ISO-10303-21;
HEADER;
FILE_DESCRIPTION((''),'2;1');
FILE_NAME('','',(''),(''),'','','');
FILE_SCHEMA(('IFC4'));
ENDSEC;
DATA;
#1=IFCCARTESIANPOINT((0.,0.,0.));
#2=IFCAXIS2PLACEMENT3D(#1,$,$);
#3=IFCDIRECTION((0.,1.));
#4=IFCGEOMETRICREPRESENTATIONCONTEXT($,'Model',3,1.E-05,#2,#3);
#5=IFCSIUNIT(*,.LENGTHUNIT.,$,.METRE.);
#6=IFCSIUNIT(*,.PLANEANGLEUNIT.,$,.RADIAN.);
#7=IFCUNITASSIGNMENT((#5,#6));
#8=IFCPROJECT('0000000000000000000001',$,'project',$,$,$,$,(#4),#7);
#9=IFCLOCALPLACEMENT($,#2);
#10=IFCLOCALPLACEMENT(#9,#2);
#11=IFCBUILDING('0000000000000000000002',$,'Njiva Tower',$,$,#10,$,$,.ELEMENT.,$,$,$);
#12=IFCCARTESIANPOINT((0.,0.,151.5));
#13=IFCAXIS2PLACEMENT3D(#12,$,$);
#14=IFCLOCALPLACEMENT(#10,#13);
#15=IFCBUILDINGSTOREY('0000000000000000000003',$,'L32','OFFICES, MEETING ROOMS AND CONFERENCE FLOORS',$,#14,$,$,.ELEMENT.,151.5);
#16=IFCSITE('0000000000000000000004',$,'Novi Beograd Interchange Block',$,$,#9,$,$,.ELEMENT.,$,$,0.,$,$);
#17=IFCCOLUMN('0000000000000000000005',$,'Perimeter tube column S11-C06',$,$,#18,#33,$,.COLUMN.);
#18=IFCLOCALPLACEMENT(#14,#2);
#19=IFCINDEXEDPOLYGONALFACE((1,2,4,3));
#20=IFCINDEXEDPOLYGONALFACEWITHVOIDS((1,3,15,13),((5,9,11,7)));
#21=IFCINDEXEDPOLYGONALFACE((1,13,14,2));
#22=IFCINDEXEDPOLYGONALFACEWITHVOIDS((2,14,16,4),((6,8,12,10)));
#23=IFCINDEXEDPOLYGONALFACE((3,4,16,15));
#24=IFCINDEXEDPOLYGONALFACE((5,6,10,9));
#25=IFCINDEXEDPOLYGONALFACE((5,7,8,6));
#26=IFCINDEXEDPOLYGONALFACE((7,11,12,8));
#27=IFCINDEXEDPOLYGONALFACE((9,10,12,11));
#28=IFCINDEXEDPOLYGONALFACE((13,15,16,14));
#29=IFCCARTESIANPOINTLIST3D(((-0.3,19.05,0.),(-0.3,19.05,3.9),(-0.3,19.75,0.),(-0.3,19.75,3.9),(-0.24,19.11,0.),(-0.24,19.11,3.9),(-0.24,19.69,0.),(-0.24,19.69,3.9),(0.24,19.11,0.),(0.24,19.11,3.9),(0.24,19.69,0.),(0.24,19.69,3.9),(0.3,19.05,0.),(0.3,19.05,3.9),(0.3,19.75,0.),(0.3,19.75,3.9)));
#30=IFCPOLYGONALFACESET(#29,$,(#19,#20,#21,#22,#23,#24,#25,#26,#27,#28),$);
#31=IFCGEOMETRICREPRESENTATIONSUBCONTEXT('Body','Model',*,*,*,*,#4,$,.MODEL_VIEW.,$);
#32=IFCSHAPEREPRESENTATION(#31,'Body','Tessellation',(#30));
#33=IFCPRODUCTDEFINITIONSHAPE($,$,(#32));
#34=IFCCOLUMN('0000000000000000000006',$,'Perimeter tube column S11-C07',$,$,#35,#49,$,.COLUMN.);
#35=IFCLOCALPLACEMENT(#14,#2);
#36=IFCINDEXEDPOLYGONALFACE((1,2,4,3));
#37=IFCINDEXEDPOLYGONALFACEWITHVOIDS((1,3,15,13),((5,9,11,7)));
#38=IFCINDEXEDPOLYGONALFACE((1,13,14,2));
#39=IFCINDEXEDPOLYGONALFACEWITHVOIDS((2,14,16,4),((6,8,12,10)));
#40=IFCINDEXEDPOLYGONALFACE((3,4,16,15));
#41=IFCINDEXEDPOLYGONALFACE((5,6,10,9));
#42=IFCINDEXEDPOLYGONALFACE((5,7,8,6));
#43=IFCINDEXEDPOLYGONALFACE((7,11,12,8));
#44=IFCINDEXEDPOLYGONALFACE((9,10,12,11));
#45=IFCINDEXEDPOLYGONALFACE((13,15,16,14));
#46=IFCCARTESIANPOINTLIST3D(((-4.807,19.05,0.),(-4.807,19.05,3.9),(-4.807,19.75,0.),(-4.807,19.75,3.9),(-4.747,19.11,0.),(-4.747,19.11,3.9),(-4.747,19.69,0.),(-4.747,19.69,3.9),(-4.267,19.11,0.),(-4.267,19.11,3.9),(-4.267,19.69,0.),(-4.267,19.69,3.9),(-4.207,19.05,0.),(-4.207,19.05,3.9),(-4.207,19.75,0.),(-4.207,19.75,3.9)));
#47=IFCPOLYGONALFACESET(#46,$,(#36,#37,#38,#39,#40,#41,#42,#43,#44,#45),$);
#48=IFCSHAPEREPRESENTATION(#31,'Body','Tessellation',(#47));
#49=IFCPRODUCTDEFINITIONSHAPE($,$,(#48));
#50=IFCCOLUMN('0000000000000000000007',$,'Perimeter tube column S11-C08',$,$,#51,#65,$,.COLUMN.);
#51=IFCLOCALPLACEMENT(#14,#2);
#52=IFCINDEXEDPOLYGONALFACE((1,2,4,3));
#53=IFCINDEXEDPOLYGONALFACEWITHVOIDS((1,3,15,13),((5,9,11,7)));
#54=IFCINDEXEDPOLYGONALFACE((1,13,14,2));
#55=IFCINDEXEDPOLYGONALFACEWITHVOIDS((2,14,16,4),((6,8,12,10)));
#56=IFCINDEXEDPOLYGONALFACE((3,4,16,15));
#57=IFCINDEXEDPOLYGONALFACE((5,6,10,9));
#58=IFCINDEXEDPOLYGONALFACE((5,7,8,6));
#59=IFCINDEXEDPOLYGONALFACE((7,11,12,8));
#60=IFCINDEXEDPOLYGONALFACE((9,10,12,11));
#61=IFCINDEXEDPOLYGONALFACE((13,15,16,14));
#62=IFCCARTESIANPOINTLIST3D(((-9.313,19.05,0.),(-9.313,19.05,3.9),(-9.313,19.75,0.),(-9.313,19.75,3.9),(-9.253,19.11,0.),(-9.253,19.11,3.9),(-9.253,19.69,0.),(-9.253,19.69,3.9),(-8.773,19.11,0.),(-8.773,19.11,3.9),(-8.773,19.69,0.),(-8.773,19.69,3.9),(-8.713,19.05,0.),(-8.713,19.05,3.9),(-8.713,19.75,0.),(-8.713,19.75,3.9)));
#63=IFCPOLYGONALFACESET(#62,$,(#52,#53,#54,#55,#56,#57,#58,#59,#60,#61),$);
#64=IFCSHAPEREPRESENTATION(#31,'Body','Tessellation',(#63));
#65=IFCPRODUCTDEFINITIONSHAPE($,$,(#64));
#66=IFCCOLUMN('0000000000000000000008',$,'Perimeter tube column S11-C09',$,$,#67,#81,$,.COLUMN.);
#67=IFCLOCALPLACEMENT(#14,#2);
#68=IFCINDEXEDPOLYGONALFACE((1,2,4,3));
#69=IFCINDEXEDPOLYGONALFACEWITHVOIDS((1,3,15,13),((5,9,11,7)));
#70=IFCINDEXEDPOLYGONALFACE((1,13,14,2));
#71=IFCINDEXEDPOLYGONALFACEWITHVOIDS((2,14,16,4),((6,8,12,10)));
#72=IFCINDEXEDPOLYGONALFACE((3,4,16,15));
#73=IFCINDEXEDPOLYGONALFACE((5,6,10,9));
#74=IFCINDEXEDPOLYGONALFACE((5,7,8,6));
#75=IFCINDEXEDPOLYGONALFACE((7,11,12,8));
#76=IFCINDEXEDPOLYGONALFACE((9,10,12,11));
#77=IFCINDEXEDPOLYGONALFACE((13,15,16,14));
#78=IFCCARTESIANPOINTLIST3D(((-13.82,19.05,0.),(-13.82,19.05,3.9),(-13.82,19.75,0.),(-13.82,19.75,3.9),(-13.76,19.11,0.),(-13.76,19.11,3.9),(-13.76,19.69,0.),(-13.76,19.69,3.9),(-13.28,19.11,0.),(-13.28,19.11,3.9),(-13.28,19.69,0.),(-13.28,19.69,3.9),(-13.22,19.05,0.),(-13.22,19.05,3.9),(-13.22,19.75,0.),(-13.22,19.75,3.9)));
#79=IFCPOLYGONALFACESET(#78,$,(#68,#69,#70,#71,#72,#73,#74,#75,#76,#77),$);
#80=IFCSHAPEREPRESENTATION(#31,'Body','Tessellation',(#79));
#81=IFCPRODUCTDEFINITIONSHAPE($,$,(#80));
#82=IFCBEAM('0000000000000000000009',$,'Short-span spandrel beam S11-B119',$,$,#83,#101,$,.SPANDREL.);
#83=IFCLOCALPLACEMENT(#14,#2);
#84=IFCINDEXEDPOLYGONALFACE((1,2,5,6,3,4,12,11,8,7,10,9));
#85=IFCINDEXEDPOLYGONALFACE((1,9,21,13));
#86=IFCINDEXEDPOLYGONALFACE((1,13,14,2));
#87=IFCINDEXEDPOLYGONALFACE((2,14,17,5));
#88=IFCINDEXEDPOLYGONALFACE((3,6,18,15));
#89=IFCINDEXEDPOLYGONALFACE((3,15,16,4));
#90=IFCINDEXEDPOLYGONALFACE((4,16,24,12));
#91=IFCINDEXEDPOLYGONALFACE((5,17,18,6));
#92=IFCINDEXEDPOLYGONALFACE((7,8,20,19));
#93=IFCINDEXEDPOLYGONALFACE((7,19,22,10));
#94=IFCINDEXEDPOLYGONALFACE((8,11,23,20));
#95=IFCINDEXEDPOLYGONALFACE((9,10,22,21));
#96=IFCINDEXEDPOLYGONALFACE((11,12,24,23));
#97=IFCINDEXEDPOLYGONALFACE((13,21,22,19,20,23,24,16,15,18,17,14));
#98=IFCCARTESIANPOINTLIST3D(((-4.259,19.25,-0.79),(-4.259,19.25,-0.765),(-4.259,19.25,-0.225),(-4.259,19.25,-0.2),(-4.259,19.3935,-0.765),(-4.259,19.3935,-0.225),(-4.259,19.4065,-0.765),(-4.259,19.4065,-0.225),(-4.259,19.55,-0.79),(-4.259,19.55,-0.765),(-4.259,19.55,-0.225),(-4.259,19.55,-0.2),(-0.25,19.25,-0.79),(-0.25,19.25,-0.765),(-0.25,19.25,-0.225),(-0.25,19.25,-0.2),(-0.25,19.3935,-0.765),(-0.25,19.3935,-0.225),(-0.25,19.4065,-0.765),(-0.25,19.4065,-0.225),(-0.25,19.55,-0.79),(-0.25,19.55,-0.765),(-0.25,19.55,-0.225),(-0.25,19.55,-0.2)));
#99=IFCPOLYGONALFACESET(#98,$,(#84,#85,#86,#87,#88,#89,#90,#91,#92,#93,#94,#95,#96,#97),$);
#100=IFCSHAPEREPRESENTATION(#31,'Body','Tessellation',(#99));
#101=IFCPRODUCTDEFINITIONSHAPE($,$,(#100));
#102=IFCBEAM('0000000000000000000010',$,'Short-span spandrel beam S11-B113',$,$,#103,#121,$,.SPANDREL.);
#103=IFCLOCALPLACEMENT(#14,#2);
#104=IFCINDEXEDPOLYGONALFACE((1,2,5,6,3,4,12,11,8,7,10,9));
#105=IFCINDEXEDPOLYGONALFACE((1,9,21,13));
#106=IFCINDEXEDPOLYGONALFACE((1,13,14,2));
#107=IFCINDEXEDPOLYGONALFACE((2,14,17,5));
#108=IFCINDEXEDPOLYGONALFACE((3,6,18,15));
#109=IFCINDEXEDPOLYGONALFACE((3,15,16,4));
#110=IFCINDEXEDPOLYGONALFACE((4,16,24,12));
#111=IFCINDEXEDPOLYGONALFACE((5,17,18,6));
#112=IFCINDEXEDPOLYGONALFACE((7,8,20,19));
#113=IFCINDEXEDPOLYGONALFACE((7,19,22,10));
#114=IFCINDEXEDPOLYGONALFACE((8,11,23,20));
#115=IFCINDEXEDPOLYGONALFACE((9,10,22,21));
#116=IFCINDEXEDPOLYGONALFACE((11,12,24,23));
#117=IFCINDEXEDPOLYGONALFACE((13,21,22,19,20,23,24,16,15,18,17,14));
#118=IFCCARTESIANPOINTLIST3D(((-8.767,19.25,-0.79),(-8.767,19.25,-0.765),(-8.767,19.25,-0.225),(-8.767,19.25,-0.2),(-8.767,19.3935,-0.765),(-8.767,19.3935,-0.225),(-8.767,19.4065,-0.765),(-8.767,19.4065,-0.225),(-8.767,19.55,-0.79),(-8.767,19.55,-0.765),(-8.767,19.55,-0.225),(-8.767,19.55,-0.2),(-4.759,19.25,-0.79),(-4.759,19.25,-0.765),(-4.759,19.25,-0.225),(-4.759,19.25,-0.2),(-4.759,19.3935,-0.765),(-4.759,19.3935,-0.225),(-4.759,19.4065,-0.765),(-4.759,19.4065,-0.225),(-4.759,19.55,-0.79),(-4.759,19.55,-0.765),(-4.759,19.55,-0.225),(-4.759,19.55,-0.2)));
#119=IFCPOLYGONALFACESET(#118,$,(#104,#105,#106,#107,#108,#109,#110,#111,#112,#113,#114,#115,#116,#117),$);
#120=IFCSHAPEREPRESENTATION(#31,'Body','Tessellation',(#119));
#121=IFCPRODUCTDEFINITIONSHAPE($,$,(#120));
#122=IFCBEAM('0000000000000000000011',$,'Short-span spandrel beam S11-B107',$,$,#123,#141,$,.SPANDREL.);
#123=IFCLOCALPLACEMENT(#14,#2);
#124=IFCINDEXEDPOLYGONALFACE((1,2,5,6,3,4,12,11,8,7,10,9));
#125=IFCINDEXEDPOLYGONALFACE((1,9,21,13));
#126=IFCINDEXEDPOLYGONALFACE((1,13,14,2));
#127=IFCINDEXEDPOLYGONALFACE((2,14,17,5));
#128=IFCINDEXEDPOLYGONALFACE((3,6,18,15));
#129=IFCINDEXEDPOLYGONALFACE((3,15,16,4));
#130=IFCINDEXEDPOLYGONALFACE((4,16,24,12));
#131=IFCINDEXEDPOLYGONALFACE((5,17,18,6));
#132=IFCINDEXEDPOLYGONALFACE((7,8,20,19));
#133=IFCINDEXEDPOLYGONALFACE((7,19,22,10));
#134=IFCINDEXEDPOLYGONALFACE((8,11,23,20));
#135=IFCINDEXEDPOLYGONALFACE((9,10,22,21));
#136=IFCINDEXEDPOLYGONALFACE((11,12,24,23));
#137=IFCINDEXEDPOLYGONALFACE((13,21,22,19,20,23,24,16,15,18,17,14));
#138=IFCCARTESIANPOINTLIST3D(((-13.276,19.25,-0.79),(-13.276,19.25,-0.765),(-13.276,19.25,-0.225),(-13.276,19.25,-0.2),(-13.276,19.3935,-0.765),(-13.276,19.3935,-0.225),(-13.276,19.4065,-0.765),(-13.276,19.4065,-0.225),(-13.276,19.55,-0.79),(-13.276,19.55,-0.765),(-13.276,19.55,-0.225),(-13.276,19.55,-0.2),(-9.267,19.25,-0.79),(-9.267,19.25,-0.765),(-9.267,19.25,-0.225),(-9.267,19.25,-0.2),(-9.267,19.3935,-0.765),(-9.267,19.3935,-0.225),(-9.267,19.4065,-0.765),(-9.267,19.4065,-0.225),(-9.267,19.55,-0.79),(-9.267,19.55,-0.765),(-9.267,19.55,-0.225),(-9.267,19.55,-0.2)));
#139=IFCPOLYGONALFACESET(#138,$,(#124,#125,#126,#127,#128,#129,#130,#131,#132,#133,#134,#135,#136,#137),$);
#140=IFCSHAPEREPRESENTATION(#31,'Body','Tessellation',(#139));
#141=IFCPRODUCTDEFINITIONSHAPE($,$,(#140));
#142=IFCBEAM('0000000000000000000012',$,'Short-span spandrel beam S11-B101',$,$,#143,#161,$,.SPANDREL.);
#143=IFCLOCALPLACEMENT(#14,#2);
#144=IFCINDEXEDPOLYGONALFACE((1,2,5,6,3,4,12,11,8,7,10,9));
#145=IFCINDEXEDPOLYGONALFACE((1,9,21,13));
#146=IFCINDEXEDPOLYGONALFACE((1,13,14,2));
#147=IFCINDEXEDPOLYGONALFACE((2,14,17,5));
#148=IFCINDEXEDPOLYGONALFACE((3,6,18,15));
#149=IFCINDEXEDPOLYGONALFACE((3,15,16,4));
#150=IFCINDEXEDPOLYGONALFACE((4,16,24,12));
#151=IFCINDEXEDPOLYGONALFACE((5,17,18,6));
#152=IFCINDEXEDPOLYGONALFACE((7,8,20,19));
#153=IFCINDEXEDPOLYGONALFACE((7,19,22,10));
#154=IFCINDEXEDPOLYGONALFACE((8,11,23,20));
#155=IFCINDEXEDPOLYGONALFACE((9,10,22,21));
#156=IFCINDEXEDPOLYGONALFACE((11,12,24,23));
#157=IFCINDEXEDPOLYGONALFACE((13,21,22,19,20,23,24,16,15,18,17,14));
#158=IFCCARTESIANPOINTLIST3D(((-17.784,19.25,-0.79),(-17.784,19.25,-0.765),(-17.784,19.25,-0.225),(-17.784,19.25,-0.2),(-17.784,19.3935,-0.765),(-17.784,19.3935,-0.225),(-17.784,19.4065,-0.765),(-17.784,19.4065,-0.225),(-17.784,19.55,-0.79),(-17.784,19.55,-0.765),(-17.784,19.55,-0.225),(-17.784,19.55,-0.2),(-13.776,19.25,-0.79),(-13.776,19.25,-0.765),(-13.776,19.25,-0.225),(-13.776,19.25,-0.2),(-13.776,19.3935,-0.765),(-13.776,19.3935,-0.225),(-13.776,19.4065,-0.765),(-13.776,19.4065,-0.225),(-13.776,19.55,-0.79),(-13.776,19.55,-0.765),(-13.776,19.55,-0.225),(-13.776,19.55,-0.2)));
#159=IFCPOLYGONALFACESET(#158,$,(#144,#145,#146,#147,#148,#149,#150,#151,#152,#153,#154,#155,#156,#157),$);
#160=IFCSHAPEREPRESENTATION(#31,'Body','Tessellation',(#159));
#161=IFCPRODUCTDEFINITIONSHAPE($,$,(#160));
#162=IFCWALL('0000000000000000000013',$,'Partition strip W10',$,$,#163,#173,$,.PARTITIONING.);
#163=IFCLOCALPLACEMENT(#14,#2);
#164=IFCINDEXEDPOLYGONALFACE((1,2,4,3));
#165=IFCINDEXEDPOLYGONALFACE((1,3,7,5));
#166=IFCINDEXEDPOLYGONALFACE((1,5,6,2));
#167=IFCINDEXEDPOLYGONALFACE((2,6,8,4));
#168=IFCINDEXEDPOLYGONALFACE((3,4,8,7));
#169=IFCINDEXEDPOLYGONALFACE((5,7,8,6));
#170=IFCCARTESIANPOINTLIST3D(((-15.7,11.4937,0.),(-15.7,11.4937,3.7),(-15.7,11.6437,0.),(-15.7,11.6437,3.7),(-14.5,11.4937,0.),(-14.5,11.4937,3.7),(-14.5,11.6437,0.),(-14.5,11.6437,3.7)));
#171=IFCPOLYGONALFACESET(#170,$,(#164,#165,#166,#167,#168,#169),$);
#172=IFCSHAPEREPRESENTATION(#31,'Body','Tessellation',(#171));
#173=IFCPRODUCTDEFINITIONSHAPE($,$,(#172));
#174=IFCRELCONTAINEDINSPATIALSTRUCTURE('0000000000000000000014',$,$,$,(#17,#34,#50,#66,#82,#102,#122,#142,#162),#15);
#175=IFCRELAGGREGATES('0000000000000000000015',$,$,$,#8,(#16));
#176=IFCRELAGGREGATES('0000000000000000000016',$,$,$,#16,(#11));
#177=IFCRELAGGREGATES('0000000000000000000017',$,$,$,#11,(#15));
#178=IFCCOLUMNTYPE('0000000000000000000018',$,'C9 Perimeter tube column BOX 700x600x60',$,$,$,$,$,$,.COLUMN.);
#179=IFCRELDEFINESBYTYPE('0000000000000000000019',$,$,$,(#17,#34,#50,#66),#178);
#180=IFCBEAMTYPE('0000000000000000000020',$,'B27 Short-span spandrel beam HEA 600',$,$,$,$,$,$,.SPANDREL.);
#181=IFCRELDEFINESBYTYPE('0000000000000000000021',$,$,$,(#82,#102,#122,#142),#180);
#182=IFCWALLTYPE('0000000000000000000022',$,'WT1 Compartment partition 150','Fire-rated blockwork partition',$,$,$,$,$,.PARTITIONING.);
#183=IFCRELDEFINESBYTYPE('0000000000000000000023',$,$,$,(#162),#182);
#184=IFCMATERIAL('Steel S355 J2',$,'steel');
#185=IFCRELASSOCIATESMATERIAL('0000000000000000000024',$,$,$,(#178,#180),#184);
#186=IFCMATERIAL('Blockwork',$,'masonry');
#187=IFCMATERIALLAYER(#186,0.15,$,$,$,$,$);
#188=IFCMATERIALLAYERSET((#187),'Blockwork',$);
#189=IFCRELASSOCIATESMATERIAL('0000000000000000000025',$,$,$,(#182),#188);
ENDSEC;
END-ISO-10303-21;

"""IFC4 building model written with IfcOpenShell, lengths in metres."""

from ifc_helpers import new_model, si_unit, direction, frame, frame_2d, origin, origin_2d, place, context, subcontext, project, spatial, rectangle, hollow_rectangle, i_section, extrude, material, layer, layer_set, material_profile, profile_set, type_object, element, save


model = new_model("IFC4")

# Units and contexts
model_context = context("Model", 3, precision=1e-05, world=origin(), true_north=direction((0.0, 1.0)))
body_context = subcontext(model_context, "Body", "Model", "MODEL_VIEW")
ifc_project = project(units=[si_unit("LENGTHUNIT", "METRE"), si_unit("PLANEANGLEUNIT", "RADIAN")], contexts=[model_context])

# Site, building, storey
site_placement = place(None, origin())
site = spatial("IfcSite", under=ifc_project, at=site_placement, Name="Novi Beograd Interchange Block", CompositionType="ELEMENT", RefElevation=0.0)
building_placement = place(site_placement, origin())
building = spatial("IfcBuilding", under=site, at=building_placement, Name="Njiva Tower", CompositionType="ELEMENT")
storey_placement = place(building_placement, frame((0.0, 0.0, 151.5)))
storey = spatial("IfcBuildingStorey", under=building, at=storey_placement, Name="L32", Description="OFFICES, MEETING ROOMS AND CONFERENCE FLOORS", CompositionType="ELEMENT", Elevation=151.5)

# Columns
ifc_material_1 = material(Name="Steel S355 J2", Category="steel")
ifc_material_profile_1 = material_profile(ifc_material_1, hollow_rectangle(XDim=0.6, YDim=0.7, WallThickness=0.06, at=origin_2d()), Name="BOX 700x600x60")
ifc_profile_set_1 = profile_set([ifc_material_profile_1], Name="Steel S355 J2")
column_type = type_object("IfcColumnType", Name="C9 Perimeter tube column BOX 700x600x60", PredefinedType="COLUMN", material=ifc_profile_set_1)
for number, where, z_axis, x_axis, name in (
    (1, (0.0, 19.4, 0.0), (0.0, 0.0, 1.0), (-1.0, 0.0, 0.0), "Perimeter tube column S11-C06"),
    (2, (-4.507, 19.4, 0.0), (0.0, 0.0, 1.0), (-1.0, 0.0, 0.0), "Perimeter tube column S11-C07"),
    (3, (-9.013, 19.4, 0.0), (0.0, 0.0, 1.0), (-1.0, 0.0, 0.0), "Perimeter tube column S11-C08"),
    (4, (-13.52, 19.4, 0.0), (0.0, 0.0, 1.0), (-1.0, 0.0, 0.0), "Perimeter tube column S11-C09"),
):
    element("IfcColumn", number, at=place(storey_placement, frame(where, z_axis=z_axis, x_axis=x_axis)), inside=storey, type_object=column_type, Name=name, PredefinedType="COLUMN", context=body_context, shape_type="SweptSolid", body=[
        extrude(hollow_rectangle(XDim=0.6, YDim=0.7, WallThickness=0.06, at=origin_2d()), origin(), (0.0, 0.0, 1.0), 3.9),
    ])

# Beams
ifc_material_profile_2 = material_profile(ifc_material_1, i_section(OverallWidth=0.3, OverallDepth=0.59, WebThickness=0.013, FlangeThickness=0.025, at=origin_2d()), Name="HEA 600")
ifc_profile_set_2 = profile_set([ifc_material_profile_2], Name="Steel S355 J2")
beam_type = type_object("IfcBeamType", Name="B27 Short-span spandrel beam HEA 600", PredefinedType="SPANDREL", material=ifc_profile_set_2)
beam_1_placement = place(storey_placement, frame((-0.25, 19.4, -0.495), z_axis=(-1.0, 0.0, 0.0), x_axis=(0.0, -1.0, 0.0)))
element("IfcBeam", 5, at=beam_1_placement, inside=storey, type_object=beam_type, Name="Short-span spandrel beam S11-B119", PredefinedType="SPANDREL", context=body_context, shape_type="SweptSolid", body=[
    extrude(i_section(OverallWidth=0.3, OverallDepth=0.59, WebThickness=0.013, FlangeThickness=0.025, at=origin_2d()), origin(), (0.0, 0.0, 1.0), 4.009),
])
beam_2_placement = place(storey_placement, frame((-4.759, 19.4, -0.495), z_axis=(-1.0, 0.0, 0.0), x_axis=(0.0, -1.0, 0.0)))
element("IfcBeam", 6, at=beam_2_placement, inside=storey, type_object=beam_type, Name="Short-span spandrel beam S11-B113", PredefinedType="SPANDREL", context=body_context, shape_type="SweptSolid", body=[
    extrude(i_section(OverallWidth=0.3, OverallDepth=0.59, WebThickness=0.013, FlangeThickness=0.025, at=origin_2d()), origin(), (0.0, 0.0, 1.0), 4.008),
])
beam_3_placement = place(storey_placement, frame((-9.267, 19.4, -0.495), z_axis=(-1.0, 0.0, 0.0), x_axis=(0.0, -1.0, 0.0)))
element("IfcBeam", 7, at=beam_3_placement, inside=storey, type_object=beam_type, Name="Short-span spandrel beam S11-B107", PredefinedType="SPANDREL", context=body_context, shape_type="SweptSolid", body=[
    extrude(i_section(OverallWidth=0.3, OverallDepth=0.59, WebThickness=0.013, FlangeThickness=0.025, at=origin_2d()), origin(), (0.0, 0.0, 1.0), 4.009),
])
beam_4_placement = place(storey_placement, frame((-13.776, 19.4, -0.495), z_axis=(-1.0, 0.0, 0.0), x_axis=(0.0, -1.0, 0.0)))
element("IfcBeam", 8, at=beam_4_placement, inside=storey, type_object=beam_type, Name="Short-span spandrel beam S11-B101", PredefinedType="SPANDREL", context=body_context, shape_type="SweptSolid", body=[
    extrude(i_section(OverallWidth=0.3, OverallDepth=0.59, WebThickness=0.013, FlangeThickness=0.025, at=origin_2d()), origin(), (0.0, 0.0, 1.0), 4.008),
])

# Wall
ifc_material_2 = material(Name="Blockwork", Category="masonry")
ifc_layer_1 = layer(ifc_material_2, 0.15)
ifc_layer_set_1 = layer_set([ifc_layer_1], Name="Blockwork")
wall_type_1 = type_object("IfcWallType", Name="WT1 Compartment partition 150", Description="Fire-rated blockwork partition", PredefinedType="PARTITIONING", material=ifc_layer_set_1)
wall_1_placement = place(storey_placement, frame((-15.7, 11.5687, 0.0), z_axis=(0.0, 0.0, 1.0), x_axis=(1.0, 0.0, 0.0)))
element("IfcWall", 9, at=wall_1_placement, inside=storey, type_object=wall_type_1, Name="Partition strip W10", PredefinedType="PARTITIONING", context=body_context, shape_type="SweptSolid", body=[
    extrude(rectangle(XDim=1.2, YDim=0.15, at=frame_2d((0.6, 0.0))), origin(), (0.0, 0.0, 1.0), 3.7),
])

save(model, "model.ifc")
